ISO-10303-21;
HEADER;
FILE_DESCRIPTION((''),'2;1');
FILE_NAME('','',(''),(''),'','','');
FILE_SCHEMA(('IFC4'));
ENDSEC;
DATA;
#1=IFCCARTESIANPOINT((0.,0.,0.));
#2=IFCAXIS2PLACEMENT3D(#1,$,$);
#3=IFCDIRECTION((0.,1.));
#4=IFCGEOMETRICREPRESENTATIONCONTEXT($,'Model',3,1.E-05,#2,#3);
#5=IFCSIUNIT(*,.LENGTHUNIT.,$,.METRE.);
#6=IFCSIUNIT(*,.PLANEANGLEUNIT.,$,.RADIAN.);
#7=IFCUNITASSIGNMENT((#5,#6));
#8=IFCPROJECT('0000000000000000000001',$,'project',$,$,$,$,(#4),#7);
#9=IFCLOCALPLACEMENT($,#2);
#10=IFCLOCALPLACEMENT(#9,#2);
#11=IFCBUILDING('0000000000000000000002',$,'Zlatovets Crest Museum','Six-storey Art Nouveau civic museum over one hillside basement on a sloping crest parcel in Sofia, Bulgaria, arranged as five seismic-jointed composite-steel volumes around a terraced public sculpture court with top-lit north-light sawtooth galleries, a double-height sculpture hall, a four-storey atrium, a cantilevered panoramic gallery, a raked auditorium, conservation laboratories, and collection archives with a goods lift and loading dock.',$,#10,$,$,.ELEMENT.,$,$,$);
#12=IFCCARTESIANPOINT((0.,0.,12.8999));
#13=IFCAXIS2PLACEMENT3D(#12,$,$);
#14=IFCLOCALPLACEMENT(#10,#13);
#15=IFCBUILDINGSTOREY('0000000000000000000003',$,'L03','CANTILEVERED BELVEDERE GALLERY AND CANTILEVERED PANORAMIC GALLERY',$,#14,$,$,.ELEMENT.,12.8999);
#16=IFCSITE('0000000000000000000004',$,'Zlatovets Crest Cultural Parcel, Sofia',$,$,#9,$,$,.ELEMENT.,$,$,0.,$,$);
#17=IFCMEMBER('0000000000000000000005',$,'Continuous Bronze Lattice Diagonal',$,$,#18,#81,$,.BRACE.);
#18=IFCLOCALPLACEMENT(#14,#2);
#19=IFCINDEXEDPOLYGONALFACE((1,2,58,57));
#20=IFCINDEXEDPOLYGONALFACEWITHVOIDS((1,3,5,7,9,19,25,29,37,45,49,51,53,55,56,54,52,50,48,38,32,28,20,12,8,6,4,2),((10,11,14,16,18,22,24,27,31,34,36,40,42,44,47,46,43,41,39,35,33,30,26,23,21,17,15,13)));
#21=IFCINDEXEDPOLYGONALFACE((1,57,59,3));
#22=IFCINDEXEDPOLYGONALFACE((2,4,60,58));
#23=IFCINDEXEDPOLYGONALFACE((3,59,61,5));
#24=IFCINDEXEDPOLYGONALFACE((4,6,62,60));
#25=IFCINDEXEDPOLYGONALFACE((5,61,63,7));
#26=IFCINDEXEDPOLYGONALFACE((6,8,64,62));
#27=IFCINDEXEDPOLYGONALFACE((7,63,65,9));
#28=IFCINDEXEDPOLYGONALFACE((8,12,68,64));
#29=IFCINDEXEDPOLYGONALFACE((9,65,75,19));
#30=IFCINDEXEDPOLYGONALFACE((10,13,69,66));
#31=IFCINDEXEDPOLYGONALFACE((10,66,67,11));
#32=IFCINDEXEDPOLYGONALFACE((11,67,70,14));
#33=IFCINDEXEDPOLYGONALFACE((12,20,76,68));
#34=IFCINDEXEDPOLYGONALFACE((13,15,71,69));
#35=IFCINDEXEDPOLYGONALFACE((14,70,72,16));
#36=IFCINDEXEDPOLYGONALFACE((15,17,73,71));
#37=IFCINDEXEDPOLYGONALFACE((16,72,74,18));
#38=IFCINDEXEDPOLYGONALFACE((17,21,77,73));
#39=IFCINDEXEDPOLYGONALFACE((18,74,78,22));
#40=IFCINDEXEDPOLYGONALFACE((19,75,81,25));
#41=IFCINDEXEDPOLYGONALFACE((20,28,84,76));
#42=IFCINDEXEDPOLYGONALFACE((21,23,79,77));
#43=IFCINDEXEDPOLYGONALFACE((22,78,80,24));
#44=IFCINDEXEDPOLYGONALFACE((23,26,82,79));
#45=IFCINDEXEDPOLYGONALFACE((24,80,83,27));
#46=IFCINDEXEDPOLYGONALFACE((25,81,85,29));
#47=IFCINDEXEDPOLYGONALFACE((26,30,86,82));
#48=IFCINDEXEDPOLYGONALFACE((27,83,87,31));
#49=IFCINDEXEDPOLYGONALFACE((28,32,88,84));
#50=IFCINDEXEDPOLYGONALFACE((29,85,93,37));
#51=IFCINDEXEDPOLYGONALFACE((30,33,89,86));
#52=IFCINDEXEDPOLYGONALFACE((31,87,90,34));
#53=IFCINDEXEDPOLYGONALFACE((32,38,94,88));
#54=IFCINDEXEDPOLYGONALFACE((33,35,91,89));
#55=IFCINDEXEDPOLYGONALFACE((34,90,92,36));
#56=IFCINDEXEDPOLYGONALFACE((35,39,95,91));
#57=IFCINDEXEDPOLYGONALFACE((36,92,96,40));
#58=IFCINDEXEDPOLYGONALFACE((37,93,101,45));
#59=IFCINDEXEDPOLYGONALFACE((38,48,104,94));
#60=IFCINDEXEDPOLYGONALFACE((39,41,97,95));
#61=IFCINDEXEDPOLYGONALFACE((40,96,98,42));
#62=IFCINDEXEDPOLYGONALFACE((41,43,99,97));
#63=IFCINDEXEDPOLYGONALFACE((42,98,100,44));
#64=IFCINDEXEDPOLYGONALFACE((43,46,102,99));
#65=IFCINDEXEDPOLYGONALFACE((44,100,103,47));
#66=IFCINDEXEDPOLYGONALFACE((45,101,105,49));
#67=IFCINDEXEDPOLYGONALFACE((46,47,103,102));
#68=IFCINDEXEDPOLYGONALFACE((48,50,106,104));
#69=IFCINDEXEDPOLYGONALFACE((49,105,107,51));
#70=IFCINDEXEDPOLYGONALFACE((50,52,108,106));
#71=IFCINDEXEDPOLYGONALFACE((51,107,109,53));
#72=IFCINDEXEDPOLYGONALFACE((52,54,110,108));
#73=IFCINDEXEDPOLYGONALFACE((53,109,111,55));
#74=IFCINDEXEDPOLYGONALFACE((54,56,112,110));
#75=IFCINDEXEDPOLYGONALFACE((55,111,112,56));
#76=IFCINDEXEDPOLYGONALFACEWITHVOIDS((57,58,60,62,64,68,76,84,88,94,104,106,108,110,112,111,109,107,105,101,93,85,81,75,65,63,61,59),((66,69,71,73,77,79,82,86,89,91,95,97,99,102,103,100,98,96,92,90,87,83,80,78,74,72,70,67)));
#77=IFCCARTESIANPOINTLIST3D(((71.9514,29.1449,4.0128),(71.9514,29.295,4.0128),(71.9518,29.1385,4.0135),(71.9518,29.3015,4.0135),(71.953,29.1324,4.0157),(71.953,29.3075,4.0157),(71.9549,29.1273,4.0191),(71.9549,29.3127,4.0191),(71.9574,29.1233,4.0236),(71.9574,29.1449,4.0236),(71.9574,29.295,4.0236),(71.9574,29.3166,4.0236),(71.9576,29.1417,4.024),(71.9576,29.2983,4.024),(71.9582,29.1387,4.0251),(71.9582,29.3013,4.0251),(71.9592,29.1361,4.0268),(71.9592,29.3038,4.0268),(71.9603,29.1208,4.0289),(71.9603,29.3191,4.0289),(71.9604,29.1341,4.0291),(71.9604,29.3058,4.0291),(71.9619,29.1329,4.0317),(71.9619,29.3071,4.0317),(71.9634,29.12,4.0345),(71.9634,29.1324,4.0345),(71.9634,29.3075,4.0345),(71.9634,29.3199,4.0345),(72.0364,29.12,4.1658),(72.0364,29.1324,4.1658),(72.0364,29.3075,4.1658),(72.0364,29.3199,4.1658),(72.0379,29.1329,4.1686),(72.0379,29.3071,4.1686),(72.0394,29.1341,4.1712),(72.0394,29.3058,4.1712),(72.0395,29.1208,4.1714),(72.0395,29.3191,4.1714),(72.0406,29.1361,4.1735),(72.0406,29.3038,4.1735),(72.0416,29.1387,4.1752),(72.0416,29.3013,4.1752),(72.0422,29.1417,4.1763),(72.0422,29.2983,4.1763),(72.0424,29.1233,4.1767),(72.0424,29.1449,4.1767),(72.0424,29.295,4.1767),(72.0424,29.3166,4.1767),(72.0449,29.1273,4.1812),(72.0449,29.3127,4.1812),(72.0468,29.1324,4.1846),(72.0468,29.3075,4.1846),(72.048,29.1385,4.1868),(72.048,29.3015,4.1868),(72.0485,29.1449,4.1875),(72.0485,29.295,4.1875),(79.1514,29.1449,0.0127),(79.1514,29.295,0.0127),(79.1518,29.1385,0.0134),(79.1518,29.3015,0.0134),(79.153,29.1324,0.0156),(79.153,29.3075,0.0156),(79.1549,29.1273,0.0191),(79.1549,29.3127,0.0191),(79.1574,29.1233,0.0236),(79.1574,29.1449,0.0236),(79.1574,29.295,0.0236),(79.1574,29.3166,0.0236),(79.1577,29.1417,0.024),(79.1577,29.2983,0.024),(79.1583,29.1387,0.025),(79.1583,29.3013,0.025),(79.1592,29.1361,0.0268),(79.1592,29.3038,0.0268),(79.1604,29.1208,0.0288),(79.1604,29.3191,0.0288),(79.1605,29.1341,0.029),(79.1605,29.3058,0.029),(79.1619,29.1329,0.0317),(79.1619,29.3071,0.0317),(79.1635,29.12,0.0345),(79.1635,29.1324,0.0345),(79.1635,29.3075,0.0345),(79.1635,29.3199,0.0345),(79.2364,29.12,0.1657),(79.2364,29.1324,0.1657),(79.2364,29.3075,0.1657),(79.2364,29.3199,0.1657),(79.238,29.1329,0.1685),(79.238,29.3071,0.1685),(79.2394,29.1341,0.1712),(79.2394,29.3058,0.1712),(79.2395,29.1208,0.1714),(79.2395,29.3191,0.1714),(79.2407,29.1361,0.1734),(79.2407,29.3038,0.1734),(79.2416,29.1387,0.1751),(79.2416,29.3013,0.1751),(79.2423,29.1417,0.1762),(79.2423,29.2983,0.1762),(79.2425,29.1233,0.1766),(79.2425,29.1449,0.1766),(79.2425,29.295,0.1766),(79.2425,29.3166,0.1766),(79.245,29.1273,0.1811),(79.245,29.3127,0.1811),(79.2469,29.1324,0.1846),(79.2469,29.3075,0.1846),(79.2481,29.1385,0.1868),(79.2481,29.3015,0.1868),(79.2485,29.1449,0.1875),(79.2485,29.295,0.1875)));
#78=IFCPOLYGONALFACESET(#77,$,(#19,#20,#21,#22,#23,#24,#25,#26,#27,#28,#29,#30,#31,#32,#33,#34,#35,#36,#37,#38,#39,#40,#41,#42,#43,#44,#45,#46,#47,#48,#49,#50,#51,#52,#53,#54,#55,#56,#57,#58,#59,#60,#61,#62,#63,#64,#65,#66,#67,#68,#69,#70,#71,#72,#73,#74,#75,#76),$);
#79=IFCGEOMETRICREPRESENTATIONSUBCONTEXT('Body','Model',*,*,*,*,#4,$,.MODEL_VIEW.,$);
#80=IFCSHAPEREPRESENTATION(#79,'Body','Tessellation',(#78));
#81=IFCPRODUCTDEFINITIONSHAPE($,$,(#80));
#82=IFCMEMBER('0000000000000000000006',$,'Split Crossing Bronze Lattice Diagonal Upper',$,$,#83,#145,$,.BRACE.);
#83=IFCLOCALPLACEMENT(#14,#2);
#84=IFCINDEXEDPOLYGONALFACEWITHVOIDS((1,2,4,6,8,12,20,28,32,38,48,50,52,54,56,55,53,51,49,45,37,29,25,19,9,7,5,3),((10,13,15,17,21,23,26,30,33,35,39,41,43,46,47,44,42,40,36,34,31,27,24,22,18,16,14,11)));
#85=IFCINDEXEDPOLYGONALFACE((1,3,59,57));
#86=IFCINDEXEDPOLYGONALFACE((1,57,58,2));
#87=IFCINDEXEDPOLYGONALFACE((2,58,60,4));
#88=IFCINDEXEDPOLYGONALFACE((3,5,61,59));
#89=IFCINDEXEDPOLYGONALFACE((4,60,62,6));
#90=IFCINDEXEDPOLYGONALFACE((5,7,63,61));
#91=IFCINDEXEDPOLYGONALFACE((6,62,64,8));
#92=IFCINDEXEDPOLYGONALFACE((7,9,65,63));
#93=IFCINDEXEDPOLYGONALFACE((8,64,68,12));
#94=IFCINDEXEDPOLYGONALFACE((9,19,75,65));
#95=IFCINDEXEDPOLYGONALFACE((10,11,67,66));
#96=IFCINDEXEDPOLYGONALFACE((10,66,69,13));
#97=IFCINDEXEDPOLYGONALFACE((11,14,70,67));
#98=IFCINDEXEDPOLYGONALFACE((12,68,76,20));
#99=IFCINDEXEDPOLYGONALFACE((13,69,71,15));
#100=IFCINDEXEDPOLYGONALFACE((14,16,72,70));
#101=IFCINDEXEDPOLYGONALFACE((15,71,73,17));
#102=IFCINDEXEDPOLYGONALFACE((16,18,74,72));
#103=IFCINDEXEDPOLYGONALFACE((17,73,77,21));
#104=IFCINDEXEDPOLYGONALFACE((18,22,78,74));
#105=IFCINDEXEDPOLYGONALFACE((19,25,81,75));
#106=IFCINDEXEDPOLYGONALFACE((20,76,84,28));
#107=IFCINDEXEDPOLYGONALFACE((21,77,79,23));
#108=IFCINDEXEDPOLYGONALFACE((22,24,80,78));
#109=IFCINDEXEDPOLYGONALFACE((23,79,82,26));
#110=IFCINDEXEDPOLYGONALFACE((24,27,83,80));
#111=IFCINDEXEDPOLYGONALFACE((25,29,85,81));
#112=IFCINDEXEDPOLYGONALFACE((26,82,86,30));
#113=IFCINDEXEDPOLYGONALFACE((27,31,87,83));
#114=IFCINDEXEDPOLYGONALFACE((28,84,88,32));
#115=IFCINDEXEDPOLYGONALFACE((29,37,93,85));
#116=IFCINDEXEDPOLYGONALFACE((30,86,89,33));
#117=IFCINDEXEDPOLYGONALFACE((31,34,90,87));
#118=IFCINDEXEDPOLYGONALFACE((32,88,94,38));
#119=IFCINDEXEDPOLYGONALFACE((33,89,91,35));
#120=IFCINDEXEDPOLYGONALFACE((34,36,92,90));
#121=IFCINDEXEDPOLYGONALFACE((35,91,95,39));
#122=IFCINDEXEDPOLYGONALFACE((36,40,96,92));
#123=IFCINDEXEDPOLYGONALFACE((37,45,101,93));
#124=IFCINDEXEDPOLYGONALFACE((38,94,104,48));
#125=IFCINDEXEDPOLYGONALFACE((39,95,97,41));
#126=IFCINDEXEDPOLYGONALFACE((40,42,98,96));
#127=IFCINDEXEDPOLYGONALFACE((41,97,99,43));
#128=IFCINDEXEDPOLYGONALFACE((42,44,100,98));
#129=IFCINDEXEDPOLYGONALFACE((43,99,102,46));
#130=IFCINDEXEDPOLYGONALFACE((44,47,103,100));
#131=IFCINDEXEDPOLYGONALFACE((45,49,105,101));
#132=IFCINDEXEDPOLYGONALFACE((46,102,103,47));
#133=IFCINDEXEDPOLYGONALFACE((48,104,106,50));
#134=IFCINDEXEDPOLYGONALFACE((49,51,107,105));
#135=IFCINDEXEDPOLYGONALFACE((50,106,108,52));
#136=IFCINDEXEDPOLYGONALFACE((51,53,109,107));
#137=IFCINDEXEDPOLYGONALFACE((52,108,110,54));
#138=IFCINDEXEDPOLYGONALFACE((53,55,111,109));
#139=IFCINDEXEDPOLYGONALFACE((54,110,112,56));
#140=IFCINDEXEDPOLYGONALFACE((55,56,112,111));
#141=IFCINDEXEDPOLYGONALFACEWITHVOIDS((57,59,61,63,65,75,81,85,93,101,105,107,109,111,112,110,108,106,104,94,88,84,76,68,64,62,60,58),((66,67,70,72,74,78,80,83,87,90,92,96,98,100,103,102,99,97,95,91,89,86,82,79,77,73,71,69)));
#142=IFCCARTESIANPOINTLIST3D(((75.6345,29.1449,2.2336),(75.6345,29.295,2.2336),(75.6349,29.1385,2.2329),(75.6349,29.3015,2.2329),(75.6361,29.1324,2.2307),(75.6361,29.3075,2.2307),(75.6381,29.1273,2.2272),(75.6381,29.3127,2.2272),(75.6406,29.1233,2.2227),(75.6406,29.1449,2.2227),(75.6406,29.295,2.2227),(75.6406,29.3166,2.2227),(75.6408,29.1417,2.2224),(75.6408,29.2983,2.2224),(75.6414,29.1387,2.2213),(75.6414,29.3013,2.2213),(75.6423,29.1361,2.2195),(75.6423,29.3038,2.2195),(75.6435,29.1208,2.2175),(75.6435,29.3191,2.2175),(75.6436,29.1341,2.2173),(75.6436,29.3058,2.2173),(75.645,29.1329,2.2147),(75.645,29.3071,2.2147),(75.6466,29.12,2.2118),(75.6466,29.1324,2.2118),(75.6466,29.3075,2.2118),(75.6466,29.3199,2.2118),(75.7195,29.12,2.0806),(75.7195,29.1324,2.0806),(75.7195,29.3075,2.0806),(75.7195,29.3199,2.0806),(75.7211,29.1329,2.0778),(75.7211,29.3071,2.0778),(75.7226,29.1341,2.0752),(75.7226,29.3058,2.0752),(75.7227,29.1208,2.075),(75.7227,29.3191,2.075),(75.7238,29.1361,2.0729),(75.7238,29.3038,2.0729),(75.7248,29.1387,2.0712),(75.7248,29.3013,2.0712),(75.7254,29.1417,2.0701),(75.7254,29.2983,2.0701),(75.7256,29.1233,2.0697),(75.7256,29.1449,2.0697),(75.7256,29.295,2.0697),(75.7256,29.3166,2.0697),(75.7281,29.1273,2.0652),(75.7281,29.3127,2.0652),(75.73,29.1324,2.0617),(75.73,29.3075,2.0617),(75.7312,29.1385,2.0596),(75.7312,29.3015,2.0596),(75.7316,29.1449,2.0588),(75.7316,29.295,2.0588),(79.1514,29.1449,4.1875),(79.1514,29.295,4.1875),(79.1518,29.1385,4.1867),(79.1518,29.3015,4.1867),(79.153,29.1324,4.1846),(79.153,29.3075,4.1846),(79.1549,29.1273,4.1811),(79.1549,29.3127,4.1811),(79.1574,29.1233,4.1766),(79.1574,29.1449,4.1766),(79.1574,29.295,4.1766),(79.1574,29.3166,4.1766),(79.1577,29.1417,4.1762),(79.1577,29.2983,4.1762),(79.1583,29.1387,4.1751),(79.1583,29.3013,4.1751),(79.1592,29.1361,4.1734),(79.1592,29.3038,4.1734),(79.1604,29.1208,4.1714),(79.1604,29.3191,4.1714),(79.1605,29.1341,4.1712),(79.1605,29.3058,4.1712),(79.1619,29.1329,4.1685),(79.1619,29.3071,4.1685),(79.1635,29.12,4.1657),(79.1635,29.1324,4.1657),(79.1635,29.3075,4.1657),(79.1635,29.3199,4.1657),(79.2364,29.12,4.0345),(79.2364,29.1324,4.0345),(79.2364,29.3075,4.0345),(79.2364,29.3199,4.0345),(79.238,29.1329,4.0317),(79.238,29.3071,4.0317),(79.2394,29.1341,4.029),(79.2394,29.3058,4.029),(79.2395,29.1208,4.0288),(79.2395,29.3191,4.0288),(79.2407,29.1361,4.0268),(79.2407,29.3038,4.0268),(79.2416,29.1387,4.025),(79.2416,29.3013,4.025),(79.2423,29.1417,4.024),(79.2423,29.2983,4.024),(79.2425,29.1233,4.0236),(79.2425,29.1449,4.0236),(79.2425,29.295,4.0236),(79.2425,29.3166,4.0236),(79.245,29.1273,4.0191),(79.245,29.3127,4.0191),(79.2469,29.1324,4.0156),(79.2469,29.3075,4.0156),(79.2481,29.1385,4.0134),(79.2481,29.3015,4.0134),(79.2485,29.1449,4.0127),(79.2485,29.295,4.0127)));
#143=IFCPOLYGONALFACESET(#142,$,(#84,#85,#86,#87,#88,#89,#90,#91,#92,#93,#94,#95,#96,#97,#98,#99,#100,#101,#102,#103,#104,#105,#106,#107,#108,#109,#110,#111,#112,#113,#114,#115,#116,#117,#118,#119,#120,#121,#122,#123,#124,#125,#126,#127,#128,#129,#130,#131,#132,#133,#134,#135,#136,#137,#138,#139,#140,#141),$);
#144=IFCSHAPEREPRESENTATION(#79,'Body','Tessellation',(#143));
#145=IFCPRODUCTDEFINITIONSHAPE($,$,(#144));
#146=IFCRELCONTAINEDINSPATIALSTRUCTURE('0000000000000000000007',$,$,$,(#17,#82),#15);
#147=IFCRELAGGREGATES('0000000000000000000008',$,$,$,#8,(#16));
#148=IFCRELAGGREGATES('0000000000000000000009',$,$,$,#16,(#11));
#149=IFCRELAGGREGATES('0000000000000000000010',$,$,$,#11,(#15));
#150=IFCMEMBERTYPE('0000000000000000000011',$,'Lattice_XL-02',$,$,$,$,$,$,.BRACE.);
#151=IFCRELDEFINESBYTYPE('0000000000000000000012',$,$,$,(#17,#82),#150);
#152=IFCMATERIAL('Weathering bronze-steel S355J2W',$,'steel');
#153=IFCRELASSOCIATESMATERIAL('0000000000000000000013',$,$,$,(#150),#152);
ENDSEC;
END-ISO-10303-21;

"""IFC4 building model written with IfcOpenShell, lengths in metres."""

from ifc_helpers import new_model, si_unit, direction, frame, origin, origin_2d, place, context, subcontext, project, spatial, hollow_rectangle, extrude, material, material_profile, profile_set, type_object, element, save


model = new_model("IFC4")

# Units and contexts
model_context = context("Model", 3, precision=1e-05, world=origin(), true_north=direction((0.0, 1.0)))
body_context = subcontext(model_context, "Body", "Model", "MODEL_VIEW")
ifc_project = project(units=[si_unit("LENGTHUNIT", "METRE"), si_unit("PLANEANGLEUNIT", "RADIAN")], contexts=[model_context])

# Site, building, storey
site_placement = place(None, origin())
site = spatial("IfcSite", under=ifc_project, at=site_placement, Name="Zlatovets Crest Cultural Parcel, Sofia", CompositionType="ELEMENT", RefElevation=0.0)
building_placement = place(site_placement, origin())
building = spatial("IfcBuilding", under=site, at=building_placement, Name="Zlatovets Crest Museum", Description="Six-storey Art Nouveau civic museum over one hillside basement on a sloping crest parcel in Sofia, Bulgaria, arranged as five seismic-jointed composite-steel volumes around a terraced public sculpture court with top-lit north-light sawtooth galleries, a double-height sculpture hall, a four-storey atrium, a cantilevered panoramic gallery, a raked auditorium, conservation laboratories, and collection archives with a goods lift and loading dock.", CompositionType="ELEMENT")
storey_placement = place(building_placement, frame((0.0, 0.0, 12.8999)))
storey = spatial("IfcBuildingStorey", under=building, at=storey_placement, Name="L03", Description="CANTILEVERED BELVEDERE GALLERY AND CANTILEVERED PANORAMIC GALLERY", CompositionType="ELEMENT", Elevation=12.8999)

# Members
ifc_material_1 = material(Name="Weathering bronze-steel S355J2W", Category="steel")
ifc_material_profile_1 = material_profile(ifc_material_1, hollow_rectangle(XDim=0.2, YDim=0.2, WallThickness=0.0125, InnerFilletRadius=0.0125, OuterFilletRadius=0.0249, at=origin_2d()), Name="SHS 200x200x12.5")
ifc_profile_set_1 = profile_set([ifc_material_profile_1], Name="Weathering bronze-steel S355J2W")
member_type_1 = type_object("IfcMemberType", Name="Lattice_XL-02", PredefinedType="BRACE", material=ifc_profile_set_1)
member_1_placement = place(storey_placement, frame((79.2, 29.22, 0.1001), z_axis=(-0.874156, 0.0, 0.485645), x_axis=(0.0, -1.0, 0.0)))
element("IfcMember", 1, at=member_1_placement, inside=storey, type_object=member_type_1, Name="Continuous Bronze Lattice Diagonal", PredefinedType="BRACE", context=body_context, shape_type="SweptSolid", body=[
    extrude(hollow_rectangle(XDim=0.2, YDim=0.2, WallThickness=0.0125, InnerFilletRadius=0.0125, OuterFilletRadius=0.0249, at=origin_2d()), origin(), (0.0, 0.0, 1.0), 8.2366),
])
member_2_placement = place(storey_placement, frame((79.2, 29.22, 4.1001), z_axis=(-0.874152, 0.0, -0.485653), x_axis=(0.0, -1.0, 0.0)))
element("IfcMember", 2, at=member_2_placement, inside=storey, type_object=member_type_1, Name="Split Crossing Bronze Lattice Diagonal Upper", PredefinedType="BRACE", context=body_context, shape_type="SweptSolid", body=[
    extrude(hollow_rectangle(XDim=0.2, YDim=0.2, WallThickness=0.0125, InnerFilletRadius=0.0125, OuterFilletRadius=0.0249, at=origin_2d()), origin(), (0.0, 0.0, 1.0), 4.0232),
])

save(model, "model.ifc")
